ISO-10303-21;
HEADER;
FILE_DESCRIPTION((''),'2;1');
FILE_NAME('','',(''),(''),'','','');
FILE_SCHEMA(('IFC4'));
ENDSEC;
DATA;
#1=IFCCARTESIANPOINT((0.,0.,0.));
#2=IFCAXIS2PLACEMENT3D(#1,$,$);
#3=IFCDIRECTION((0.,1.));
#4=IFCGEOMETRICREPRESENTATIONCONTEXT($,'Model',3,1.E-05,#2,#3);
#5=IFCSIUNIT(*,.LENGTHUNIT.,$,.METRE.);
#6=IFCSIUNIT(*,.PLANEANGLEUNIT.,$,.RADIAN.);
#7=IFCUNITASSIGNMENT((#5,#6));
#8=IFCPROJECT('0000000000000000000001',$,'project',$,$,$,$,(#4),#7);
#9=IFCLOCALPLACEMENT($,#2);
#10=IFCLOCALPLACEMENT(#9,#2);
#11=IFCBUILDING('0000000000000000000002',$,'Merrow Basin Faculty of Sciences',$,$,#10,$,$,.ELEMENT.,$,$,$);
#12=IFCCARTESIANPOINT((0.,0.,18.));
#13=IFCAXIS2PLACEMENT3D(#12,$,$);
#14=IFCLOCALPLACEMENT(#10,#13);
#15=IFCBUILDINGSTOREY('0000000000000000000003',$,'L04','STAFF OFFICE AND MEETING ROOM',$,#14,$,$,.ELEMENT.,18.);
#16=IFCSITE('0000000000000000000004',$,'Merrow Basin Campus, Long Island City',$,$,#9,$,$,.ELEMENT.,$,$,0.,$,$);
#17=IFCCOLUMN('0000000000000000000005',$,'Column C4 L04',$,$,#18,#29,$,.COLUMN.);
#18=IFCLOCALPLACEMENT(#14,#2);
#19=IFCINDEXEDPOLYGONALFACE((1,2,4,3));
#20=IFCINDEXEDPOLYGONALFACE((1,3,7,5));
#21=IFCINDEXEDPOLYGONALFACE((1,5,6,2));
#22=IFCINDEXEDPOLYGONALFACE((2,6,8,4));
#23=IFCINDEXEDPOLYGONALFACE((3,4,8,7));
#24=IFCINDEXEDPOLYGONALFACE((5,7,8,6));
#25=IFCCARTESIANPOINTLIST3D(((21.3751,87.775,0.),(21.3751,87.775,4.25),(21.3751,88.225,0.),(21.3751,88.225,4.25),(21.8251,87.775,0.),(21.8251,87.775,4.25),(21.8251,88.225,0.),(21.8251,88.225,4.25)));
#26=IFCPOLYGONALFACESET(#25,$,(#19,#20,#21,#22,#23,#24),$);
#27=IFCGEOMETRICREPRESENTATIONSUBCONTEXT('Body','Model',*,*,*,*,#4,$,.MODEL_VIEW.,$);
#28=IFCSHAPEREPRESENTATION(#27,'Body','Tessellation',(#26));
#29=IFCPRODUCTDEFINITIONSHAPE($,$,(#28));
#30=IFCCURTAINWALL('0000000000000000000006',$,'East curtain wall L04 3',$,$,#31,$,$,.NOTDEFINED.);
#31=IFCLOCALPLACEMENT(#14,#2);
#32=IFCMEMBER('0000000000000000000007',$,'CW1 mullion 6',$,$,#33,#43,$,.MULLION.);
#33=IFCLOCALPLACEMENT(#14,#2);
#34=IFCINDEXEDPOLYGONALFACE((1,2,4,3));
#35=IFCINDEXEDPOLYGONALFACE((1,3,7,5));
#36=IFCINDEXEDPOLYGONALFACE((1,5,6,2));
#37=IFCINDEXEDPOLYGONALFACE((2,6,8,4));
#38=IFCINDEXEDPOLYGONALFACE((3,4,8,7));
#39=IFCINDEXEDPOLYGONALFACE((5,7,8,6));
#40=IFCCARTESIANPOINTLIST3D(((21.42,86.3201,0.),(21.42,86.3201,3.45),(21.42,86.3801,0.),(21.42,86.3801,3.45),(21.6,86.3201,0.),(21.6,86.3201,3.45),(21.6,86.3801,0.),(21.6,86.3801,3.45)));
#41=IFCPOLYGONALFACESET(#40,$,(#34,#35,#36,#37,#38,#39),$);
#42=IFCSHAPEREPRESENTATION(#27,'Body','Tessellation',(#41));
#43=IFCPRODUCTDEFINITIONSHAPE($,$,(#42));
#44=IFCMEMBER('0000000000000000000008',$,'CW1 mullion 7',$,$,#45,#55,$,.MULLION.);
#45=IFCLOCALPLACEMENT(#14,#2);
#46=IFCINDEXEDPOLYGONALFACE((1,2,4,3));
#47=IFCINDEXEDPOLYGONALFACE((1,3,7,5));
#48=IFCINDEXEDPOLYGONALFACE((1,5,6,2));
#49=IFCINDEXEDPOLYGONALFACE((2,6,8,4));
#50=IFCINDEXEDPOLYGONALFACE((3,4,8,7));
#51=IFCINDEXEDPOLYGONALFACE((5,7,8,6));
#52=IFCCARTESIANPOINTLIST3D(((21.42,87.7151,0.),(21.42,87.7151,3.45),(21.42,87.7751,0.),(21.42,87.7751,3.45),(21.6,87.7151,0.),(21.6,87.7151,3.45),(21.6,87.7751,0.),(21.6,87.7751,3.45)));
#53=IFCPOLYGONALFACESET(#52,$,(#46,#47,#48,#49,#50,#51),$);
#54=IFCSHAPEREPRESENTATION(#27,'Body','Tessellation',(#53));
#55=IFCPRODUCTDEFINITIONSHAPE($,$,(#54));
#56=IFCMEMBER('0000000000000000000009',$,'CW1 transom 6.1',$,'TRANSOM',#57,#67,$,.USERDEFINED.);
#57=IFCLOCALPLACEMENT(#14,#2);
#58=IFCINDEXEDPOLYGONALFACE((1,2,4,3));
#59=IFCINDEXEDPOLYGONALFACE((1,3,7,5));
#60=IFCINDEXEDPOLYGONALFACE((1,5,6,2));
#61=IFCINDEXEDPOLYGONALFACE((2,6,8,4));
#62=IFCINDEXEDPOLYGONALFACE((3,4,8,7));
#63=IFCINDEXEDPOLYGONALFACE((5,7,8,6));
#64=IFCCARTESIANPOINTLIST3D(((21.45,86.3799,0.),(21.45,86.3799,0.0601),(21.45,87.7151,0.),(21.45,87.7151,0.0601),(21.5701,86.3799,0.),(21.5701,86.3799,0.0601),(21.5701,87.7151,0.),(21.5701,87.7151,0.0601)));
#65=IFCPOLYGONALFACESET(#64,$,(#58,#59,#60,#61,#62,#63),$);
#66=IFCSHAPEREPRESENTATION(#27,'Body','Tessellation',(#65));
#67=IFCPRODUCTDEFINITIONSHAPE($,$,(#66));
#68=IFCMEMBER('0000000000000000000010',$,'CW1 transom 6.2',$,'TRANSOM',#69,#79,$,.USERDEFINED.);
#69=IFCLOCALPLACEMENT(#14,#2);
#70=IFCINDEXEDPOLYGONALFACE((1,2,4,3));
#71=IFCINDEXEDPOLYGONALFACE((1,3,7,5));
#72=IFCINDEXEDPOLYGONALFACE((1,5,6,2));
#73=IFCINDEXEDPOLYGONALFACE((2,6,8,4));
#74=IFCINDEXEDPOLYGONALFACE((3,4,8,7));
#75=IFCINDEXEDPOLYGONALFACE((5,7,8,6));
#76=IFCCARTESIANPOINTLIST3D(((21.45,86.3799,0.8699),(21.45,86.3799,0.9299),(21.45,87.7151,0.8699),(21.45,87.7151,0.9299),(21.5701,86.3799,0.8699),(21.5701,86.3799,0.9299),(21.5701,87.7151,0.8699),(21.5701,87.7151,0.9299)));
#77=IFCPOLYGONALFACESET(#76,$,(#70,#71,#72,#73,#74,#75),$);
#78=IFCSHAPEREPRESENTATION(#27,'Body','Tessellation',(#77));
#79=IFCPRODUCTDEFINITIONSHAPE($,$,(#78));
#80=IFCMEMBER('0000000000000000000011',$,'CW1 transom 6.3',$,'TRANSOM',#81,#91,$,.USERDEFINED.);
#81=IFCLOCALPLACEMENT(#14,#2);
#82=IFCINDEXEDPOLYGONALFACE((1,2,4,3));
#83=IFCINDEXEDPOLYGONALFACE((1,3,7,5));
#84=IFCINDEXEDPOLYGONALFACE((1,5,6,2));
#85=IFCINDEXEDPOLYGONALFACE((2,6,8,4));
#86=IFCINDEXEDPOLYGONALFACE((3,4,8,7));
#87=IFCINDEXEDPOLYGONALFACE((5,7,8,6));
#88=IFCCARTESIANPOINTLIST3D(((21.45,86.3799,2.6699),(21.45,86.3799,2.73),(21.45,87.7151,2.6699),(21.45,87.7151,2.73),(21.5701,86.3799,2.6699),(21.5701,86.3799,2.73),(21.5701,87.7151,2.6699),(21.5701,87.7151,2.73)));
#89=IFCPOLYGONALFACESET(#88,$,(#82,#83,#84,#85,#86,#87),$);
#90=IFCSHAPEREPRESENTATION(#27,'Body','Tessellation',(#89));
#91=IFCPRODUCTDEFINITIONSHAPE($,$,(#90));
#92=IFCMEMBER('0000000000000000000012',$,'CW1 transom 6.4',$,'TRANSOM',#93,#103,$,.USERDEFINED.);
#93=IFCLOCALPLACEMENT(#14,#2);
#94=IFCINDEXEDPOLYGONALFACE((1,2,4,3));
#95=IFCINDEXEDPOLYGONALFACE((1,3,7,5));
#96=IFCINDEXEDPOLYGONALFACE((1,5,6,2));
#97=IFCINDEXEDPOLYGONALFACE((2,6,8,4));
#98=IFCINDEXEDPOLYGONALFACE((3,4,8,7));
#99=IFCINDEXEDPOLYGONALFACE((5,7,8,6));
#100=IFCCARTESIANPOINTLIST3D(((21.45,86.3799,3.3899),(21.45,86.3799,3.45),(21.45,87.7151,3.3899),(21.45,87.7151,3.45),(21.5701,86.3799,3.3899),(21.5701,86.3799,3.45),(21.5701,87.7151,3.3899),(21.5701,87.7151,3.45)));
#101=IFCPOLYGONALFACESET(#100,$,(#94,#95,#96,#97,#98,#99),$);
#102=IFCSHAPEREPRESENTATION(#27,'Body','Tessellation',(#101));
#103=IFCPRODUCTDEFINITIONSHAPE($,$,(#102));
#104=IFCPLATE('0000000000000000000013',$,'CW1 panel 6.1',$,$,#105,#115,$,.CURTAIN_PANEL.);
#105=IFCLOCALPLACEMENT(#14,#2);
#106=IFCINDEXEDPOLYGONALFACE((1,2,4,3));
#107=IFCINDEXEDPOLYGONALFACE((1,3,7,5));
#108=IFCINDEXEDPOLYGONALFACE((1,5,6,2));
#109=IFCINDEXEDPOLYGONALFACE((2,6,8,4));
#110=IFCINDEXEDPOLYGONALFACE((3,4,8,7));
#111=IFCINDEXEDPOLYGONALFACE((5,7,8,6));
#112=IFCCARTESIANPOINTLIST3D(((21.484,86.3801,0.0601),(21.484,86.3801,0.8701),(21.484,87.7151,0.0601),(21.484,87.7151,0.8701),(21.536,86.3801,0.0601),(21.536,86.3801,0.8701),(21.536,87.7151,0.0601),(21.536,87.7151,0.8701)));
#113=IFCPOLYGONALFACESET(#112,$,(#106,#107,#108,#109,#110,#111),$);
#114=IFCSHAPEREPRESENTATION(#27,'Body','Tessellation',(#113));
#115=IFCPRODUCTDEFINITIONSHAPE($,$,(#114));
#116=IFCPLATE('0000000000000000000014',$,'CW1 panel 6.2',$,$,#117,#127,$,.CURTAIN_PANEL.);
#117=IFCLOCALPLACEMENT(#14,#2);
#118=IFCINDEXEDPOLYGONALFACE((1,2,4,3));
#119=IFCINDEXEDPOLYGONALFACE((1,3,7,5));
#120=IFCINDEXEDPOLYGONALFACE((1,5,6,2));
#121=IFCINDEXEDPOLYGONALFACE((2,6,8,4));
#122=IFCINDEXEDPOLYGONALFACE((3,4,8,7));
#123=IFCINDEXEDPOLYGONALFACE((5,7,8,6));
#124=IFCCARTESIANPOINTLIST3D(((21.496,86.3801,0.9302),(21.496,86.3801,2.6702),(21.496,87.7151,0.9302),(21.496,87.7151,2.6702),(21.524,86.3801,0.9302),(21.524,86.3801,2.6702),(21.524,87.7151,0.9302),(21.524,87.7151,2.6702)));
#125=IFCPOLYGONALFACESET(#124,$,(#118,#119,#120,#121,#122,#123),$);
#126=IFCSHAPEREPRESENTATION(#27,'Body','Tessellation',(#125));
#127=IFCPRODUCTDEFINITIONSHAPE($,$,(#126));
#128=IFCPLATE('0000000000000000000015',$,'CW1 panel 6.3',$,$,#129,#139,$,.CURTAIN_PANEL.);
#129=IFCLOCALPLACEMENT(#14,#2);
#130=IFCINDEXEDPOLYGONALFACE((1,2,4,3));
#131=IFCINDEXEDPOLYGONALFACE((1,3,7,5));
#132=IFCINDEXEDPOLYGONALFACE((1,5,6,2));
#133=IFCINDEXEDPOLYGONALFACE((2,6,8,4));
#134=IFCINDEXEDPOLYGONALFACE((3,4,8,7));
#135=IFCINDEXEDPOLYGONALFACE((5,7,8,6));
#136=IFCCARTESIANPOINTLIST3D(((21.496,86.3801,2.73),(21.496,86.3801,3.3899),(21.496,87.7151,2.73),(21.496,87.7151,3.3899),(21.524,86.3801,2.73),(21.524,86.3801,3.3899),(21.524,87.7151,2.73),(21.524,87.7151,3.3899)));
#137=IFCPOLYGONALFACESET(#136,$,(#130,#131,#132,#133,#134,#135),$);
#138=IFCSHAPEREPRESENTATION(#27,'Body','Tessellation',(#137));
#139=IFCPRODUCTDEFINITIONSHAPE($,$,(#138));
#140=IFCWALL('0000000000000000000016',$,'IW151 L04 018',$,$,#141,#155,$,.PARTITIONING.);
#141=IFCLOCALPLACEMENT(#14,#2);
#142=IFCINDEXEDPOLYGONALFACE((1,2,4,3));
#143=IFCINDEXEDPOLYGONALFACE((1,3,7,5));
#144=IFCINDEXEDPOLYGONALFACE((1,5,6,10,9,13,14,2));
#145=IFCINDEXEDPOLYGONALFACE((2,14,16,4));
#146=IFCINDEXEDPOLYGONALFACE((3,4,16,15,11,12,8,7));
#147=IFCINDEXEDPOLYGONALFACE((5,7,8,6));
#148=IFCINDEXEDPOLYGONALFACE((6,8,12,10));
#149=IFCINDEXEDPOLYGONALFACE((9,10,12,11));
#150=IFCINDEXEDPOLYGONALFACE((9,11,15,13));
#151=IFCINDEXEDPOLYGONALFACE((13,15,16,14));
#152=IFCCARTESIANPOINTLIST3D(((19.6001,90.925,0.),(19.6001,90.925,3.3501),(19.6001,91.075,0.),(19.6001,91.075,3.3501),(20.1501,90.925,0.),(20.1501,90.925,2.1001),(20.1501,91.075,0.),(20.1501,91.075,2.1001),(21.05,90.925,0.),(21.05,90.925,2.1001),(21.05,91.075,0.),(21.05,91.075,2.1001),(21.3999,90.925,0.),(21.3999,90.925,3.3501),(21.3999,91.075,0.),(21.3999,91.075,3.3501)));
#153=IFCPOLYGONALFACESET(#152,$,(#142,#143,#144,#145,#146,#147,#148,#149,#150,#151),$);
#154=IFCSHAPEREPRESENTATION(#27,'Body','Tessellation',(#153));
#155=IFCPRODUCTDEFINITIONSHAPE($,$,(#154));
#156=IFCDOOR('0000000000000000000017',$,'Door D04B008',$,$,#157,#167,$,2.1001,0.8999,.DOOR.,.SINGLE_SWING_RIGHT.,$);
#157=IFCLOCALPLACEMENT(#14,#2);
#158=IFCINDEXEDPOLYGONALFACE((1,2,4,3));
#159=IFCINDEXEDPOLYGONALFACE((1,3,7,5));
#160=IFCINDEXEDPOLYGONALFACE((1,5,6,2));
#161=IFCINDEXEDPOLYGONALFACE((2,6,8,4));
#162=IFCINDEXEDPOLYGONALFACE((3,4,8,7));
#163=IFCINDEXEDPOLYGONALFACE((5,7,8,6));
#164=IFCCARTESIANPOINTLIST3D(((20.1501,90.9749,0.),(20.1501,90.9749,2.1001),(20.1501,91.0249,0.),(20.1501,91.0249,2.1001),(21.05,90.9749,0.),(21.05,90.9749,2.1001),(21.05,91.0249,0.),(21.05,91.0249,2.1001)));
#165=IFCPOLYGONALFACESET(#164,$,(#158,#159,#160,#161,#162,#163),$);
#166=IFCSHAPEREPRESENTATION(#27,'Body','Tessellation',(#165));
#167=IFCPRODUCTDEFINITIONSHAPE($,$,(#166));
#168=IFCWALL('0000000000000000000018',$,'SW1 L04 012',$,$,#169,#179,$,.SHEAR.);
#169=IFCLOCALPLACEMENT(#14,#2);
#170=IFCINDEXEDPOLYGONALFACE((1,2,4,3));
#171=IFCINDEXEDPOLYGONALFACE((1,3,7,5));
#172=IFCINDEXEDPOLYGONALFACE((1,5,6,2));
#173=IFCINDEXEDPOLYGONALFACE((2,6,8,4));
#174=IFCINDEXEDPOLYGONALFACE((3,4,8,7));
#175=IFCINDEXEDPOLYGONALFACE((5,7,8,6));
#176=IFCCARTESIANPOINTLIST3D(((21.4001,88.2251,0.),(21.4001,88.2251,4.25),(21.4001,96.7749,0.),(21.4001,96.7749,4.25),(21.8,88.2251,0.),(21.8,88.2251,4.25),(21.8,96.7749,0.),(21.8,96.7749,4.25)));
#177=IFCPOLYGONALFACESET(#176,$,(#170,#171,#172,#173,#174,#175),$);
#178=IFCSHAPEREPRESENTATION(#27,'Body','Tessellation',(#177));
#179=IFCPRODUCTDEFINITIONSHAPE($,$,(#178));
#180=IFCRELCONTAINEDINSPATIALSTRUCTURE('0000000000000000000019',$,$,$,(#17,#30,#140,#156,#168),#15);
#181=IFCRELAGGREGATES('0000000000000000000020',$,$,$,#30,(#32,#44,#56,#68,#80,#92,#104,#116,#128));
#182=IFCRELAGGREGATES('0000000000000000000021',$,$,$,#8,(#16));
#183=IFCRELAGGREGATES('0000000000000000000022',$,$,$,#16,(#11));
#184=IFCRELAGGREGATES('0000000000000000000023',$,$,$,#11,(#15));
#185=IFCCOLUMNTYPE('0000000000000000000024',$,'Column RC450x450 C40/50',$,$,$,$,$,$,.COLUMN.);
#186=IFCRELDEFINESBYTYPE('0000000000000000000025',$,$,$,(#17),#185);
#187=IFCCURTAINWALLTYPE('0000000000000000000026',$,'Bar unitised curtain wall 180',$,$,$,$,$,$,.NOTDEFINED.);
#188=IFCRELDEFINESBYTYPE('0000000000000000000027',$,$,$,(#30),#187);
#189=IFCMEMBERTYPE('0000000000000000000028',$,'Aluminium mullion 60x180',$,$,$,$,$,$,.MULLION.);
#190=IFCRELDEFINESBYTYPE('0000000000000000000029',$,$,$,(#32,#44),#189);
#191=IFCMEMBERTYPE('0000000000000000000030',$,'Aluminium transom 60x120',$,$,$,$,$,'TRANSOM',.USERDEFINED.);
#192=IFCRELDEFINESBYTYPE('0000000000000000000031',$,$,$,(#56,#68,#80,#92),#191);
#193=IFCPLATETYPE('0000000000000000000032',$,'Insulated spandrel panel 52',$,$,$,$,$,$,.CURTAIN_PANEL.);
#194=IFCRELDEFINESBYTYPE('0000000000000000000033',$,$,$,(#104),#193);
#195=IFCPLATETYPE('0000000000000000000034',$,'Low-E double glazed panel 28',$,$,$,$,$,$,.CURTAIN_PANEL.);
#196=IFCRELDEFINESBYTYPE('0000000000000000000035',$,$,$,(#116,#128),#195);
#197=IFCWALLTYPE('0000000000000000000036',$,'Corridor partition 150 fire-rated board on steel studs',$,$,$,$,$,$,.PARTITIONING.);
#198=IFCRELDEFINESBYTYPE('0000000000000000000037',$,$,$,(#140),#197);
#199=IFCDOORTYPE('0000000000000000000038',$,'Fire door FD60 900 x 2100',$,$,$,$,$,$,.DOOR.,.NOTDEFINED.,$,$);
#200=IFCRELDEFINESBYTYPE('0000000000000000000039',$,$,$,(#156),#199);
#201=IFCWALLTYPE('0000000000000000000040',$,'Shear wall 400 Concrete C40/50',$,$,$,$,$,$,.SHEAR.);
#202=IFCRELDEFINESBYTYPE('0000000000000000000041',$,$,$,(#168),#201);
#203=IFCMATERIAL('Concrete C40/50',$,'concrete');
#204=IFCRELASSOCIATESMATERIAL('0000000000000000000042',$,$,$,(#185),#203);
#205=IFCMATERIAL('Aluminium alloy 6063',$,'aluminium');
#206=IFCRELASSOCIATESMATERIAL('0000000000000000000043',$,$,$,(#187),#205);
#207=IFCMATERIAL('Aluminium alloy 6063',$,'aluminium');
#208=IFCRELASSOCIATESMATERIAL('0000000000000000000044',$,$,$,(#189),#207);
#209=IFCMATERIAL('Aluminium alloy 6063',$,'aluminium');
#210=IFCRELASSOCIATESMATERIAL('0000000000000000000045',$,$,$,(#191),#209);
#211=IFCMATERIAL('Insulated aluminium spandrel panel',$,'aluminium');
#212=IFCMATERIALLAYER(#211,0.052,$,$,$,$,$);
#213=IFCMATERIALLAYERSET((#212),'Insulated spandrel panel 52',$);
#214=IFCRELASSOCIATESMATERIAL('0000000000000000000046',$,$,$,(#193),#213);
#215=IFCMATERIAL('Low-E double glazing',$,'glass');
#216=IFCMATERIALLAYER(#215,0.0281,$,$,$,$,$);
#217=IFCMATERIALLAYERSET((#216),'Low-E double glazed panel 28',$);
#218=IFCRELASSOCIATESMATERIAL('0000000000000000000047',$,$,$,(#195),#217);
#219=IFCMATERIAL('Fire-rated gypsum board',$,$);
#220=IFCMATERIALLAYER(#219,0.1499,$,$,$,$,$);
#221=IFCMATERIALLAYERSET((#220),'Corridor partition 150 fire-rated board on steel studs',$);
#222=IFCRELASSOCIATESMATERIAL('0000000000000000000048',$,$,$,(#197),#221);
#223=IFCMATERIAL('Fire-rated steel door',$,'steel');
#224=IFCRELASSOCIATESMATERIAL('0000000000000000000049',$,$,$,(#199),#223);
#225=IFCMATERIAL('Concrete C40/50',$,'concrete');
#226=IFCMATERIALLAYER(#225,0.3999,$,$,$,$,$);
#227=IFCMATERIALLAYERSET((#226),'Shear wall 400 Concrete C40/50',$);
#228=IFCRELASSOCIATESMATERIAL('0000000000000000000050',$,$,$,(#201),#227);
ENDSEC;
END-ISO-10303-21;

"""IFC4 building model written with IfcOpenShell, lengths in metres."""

from ifc_helpers import new_model, si_unit, direction, frame, frame_2d, origin, origin_2d, place, context, subcontext, project, spatial, rectangle, extrude, material, layer, layer_set, material_profile, profile_set, type_object, element, fill, aggregate, save


model = new_model("IFC4")

# Units and contexts
model_context = context("Model", 3, precision=1e-05, world=origin(), true_north=direction((0.0, 1.0)))
body_context = subcontext(model_context, "Body", "Model", "MODEL_VIEW")
ifc_project = project(units=[si_unit("LENGTHUNIT", "METRE"), si_unit("PLANEANGLEUNIT", "RADIAN")], contexts=[model_context])

# Site, building, storey
site_placement = place(None, origin())
site = spatial("IfcSite", under=ifc_project, at=site_placement, Name="Merrow Basin Campus, Long Island City", CompositionType="ELEMENT", RefElevation=0.0)
building_placement = place(site_placement, origin())
building = spatial("IfcBuilding", under=site, at=building_placement, Name="Merrow Basin Faculty of Sciences", CompositionType="ELEMENT")
storey_placement = place(building_placement, frame((0.0, 0.0, 18.0)))
storey = spatial("IfcBuildingStorey", under=building, at=storey_placement, Name="L04", Description="STAFF OFFICE AND MEETING ROOM", CompositionType="ELEMENT", Elevation=18.0)

# Column
ifc_material_1 = material(Name="Concrete C40/50", Category="concrete")
ifc_material_profile_1 = material_profile(ifc_material_1, rectangle(XDim=0.45, YDim=0.45, at=origin_2d()))
ifc_profile_set_1 = profile_set([ifc_material_profile_1], Name="Concrete C40/50")
column_type = type_object("IfcColumnType", Name="Column RC450x450 C40/50", PredefinedType="COLUMN", material=ifc_profile_set_1)
column_placement = place(storey_placement, frame((21.6001, 88.0, 0.0), z_axis=(0.0, 0.0, 1.0), x_axis=(1.0, 0.0, 0.0)))
element("IfcColumn", 1, at=column_placement, inside=storey, type_object=column_type, Name="Column C4 L04", PredefinedType="COLUMN", context=body_context, shape_type="SweptSolid", body=[
    extrude(rectangle(XDim=0.45, YDim=0.45, at=origin_2d()), origin(), (0.0, 0.0, 1.0), 4.25),
])

# Curtain wall, members, plates
ifc_material_2 = material(Name="Aluminium alloy 6063", Category="aluminium")
curtain_wall_type = type_object("IfcCurtainWallType", Name="Bar unitised curtain wall 180", PredefinedType="NOTDEFINED", material=ifc_material_2)
curtain_wall_placement = place(storey_placement, origin())
curtain_wall = element("IfcCurtainWall", 2, at=curtain_wall_placement, inside=storey, type_object=curtain_wall_type, Name="East curtain wall L04 3", PredefinedType="NOTDEFINED")
ifc_material_3 = material(Name="Aluminium alloy 6063", Category="aluminium")
ifc_material_profile_2 = material_profile(ifc_material_3, rectangle(XDim=0.1799, YDim=0.0601, at=origin_2d()))
ifc_profile_set_2 = profile_set([ifc_material_profile_2], Name="Aluminium alloy 6063")
member_type_1 = type_object("IfcMemberType", Name="Aluminium mullion 60x180", PredefinedType="MULLION", material=ifc_profile_set_2)
member_1_placement = place(storey_placement, frame((21.51, 86.3501, 0.0), z_axis=(0.0, 0.0, 1.0), x_axis=(-1.0, 0.0, 0.0)))
member_1 = element("IfcMember", 3, at=member_1_placement, type_object=member_type_1, Name="CW1 mullion 6", PredefinedType="MULLION", context=body_context, shape_type="SweptSolid", body=[
    extrude(rectangle(XDim=0.1799, YDim=0.0601, at=origin_2d()), origin(), (0.0, 0.0, 1.0), 3.45),
])
member_2_placement = place(storey_placement, frame((21.51, 87.7451, 0.0), z_axis=(0.0, 0.0, 1.0), x_axis=(-1.0, 0.0, 0.0)))
member_2 = element("IfcMember", 4, at=member_2_placement, type_object=member_type_1, Name="CW1 mullion 7", PredefinedType="MULLION", context=body_context, shape_type="SweptSolid", body=[
    extrude(rectangle(XDim=0.1799, YDim=0.0601, at=origin_2d()), origin(), (0.0, 0.0, 1.0), 3.45),
])
ifc_material_4 = material(Name="Aluminium alloy 6063", Category="aluminium")
ifc_material_profile_3 = material_profile(ifc_material_4, rectangle(XDim=0.1201, YDim=0.0601, at=origin_2d()))
ifc_profile_set_3 = profile_set([ifc_material_profile_3], Name="Aluminium alloy 6063")
member_type_2 = type_object("IfcMemberType", Name="Aluminium transom 60x120", ElementType="TRANSOM", PredefinedType="USERDEFINED", material=ifc_profile_set_3)
member_3_placement = place(storey_placement, frame((21.51, 86.3799, 0.03), z_axis=(0.0, 1.0, 0.0), x_axis=(-1.0, 0.0, 0.0)))
member_3 = element("IfcMember", 5, at=member_3_placement, type_object=member_type_2, Name="CW1 transom 6.1", ObjectType="TRANSOM", PredefinedType="USERDEFINED", context=body_context, shape_type="SweptSolid", body=[
    extrude(rectangle(XDim=0.1201, YDim=0.0601, at=origin_2d()), origin(), (0.0, 0.0, 1.0), 1.3352),
])
member_4_placement = place(storey_placement, frame((21.51, 86.3799, 0.8999), z_axis=(0.0, 1.0, 0.0), x_axis=(-1.0, 0.0, 0.0)))
member_4 = element("IfcMember", 6, at=member_4_placement, type_object=member_type_2, Name="CW1 transom 6.2", ObjectType="TRANSOM", PredefinedType="USERDEFINED", context=body_context, shape_type="SweptSolid", body=[
    extrude(rectangle(XDim=0.1201, YDim=0.0601, at=origin_2d()), origin(), (0.0, 0.0, 1.0), 1.3352),
])
member_5_placement = place(storey_placement, frame((21.51, 86.3799, 2.7), z_axis=(0.0, 1.0, 0.0), x_axis=(-1.0, 0.0, 0.0)))
member_5 = element("IfcMember", 7, at=member_5_placement, type_object=member_type_2, Name="CW1 transom 6.3", ObjectType="TRANSOM", PredefinedType="USERDEFINED", context=body_context, shape_type="SweptSolid", body=[
    extrude(rectangle(XDim=0.1201, YDim=0.0601, at=origin_2d()), origin(), (0.0, 0.0, 1.0), 1.3352),
])
member_6_placement = place(storey_placement, frame((21.51, 86.3799, 3.4199), z_axis=(0.0, 1.0, 0.0), x_axis=(-1.0, 0.0, 0.0)))
member_6 = element("IfcMember", 8, at=member_6_placement, type_object=member_type_2, Name="CW1 transom 6.4", ObjectType="TRANSOM", PredefinedType="USERDEFINED", context=body_context, shape_type="SweptSolid", body=[
    extrude(rectangle(XDim=0.1201, YDim=0.0601, at=origin_2d()), origin(), (0.0, 0.0, 1.0), 1.3352),
])
ifc_material_5 = material(Name="Insulated aluminium spandrel panel", Category="aluminium")
ifc_layer_1 = layer(ifc_material_5, 0.052)
ifc_layer_set_1 = layer_set([ifc_layer_1], Name="Insulated spandrel panel 52")
plate_type_1 = type_object("IfcPlateType", Name="Insulated spandrel panel 52", PredefinedType="CURTAIN_PANEL", material=ifc_layer_set_1)
plate_1_placement = place(storey_placement, frame((21.51, 87.0476, 0.0601), z_axis=(0.0, 0.0, 1.0), x_axis=(0.0, 1.0, 0.0)))
plate_1 = element("IfcPlate", 9, at=plate_1_placement, type_object=plate_type_1, Name="CW1 panel 6.1", PredefinedType="CURTAIN_PANEL", context=body_context, shape_type="SweptSolid", body=[
    extrude(rectangle(XDim=1.335, YDim=0.052, at=origin_2d()), origin(), (0.0, 0.0, 1.0), 0.8101),
])
ifc_material_6 = material(Name="Low-E double glazing", Category="glass")
ifc_layer_2 = layer(ifc_material_6, 0.0281)
ifc_layer_set_2 = layer_set([ifc_layer_2], Name="Low-E double glazed panel 28")
plate_type_2 = type_object("IfcPlateType", Name="Low-E double glazed panel 28", PredefinedType="CURTAIN_PANEL", material=ifc_layer_set_2)
plate_2_placement = place(storey_placement, frame((21.51, 87.0476, 0.9302), z_axis=(0.0, 0.0, 1.0), x_axis=(0.0, 1.0, 0.0)))
plate_2 = element("IfcPlate", 10, at=plate_2_placement, type_object=plate_type_2, Name="CW1 panel 6.2", PredefinedType="CURTAIN_PANEL", context=body_context, shape_type="SweptSolid", body=[
    extrude(rectangle(XDim=1.335, YDim=0.0281, at=origin_2d()), origin(), (0.0, 0.0, 1.0), 1.74),
])
plate_3_placement = place(storey_placement, frame((21.51, 87.0476, 2.73), z_axis=(0.0, 0.0, 1.0), x_axis=(0.0, 1.0, 0.0)))
plate_3 = element("IfcPlate", 11, at=plate_3_placement, type_object=plate_type_2, Name="CW1 panel 6.3", PredefinedType="CURTAIN_PANEL", context=body_context, shape_type="SweptSolid", body=[
    extrude(rectangle(XDim=1.335, YDim=0.0281, at=origin_2d()), origin(), (0.0, 0.0, 1.0), 0.6599),
])
aggregate(curtain_wall, [member_1, member_2, member_3, member_4, member_5, member_6, plate_1, plate_2, plate_3])

# Wall, opening, door
ifc_material_7 = material(Name="Fire-rated gypsum board")
ifc_layer_3 = layer(ifc_material_7, 0.1499)
ifc_layer_set_3 = layer_set([ifc_layer_3], Name="Corridor partition 150 fire-rated board on steel studs")
wall_type_1 = type_object("IfcWallType", Name="Corridor partition 150 fire-rated board on steel studs", PredefinedType="PARTITIONING", material=ifc_layer_set_3)
wall_1_placement = place(storey_placement, frame((19.6001, 91.0, 0.0), z_axis=(0.0, 0.0, 1.0), x_axis=(1.0, 0.0, 0.0)))
wall_1 = element("IfcWall", 12, at=wall_1_placement, inside=storey, type_object=wall_type_1, Name="IW151 L04 018", PredefinedType="PARTITIONING", context=body_context, shape_type="SweptSolid", body=[
    extrude(rectangle(XDim=1.7998, YDim=0.1499, at=frame_2d((0.8999, 0.0))), origin(), (0.0, 0.0, 1.0), 3.3501),
])
opening_placement = place(wall_1_placement, frame((0.55, 0.0, 0.0)))
opening = element("IfcOpeningElement", 13, at=opening_placement, cuts=wall_1, PredefinedType="OPENING", context=body_context, shape_type="SweptSolid", body=[
    extrude(rectangle(XDim=0.8999, YDim=2.1001, at=frame_2d((0.45, 1.05))), frame((0.0, 0.085, 0.0), z_axis=(0.0, -1.0, 0.0), x_axis=(1.0, 0.0, 0.0)), (0.0, 0.0, 1.0), 0.1699),
])
ifc_material_8 = material(Name="Fire-rated steel door", Category="steel")
door_type = type_object("IfcDoorType", Name="Fire door FD60 900 x 2100", OperationType="NOTDEFINED", PredefinedType="DOOR", material=ifc_material_8)
door_placement = place(opening_placement, origin())
door = element("IfcDoor", 14, at=door_placement, inside=storey, type_object=door_type, Name="Door D04B008", OperationType="SINGLE_SWING_RIGHT", OverallHeight=2.1001, OverallWidth=0.8999, PredefinedType="DOOR", context=body_context, shape_type="SweptSolid", body=[
    extrude(rectangle(XDim=0.8999, YDim=2.1001, at=frame_2d((0.45, 1.05))), frame((0.0, 0.0249, 0.0), z_axis=(0.0, -1.0, 0.0), x_axis=(1.0, 0.0, 0.0)), (0.0, 0.0, 1.0), 0.05),
])
fill(opening, door)

# Wall
ifc_material_9 = material(Name="Concrete C40/50", Category="concrete")
ifc_layer_4 = layer(ifc_material_9, 0.3999)
ifc_layer_set_4 = layer_set([ifc_layer_4], Name="Shear wall 400 Concrete C40/50")
wall_type_2 = type_object("IfcWallType", Name="Shear wall 400 Concrete C40/50", PredefinedType="SHEAR", material=ifc_layer_set_4)
wall_2_placement = place(storey_placement, frame((21.6001, 88.2251, 0.0), z_axis=(0.0, 0.0, 1.0), x_axis=(0.0, 1.0, 0.0)))
element("IfcWall", 15, at=wall_2_placement, inside=storey, type_object=wall_type_2, Name="SW1 L04 012", PredefinedType="SHEAR", context=body_context, shape_type="SweptSolid", body=[
    extrude(rectangle(XDim=8.5498, YDim=0.3999, at=frame_2d((4.2749, 0.0))), origin(), (0.0, 0.0, 1.0), 4.25),
])

save(model, "model.ifc")
